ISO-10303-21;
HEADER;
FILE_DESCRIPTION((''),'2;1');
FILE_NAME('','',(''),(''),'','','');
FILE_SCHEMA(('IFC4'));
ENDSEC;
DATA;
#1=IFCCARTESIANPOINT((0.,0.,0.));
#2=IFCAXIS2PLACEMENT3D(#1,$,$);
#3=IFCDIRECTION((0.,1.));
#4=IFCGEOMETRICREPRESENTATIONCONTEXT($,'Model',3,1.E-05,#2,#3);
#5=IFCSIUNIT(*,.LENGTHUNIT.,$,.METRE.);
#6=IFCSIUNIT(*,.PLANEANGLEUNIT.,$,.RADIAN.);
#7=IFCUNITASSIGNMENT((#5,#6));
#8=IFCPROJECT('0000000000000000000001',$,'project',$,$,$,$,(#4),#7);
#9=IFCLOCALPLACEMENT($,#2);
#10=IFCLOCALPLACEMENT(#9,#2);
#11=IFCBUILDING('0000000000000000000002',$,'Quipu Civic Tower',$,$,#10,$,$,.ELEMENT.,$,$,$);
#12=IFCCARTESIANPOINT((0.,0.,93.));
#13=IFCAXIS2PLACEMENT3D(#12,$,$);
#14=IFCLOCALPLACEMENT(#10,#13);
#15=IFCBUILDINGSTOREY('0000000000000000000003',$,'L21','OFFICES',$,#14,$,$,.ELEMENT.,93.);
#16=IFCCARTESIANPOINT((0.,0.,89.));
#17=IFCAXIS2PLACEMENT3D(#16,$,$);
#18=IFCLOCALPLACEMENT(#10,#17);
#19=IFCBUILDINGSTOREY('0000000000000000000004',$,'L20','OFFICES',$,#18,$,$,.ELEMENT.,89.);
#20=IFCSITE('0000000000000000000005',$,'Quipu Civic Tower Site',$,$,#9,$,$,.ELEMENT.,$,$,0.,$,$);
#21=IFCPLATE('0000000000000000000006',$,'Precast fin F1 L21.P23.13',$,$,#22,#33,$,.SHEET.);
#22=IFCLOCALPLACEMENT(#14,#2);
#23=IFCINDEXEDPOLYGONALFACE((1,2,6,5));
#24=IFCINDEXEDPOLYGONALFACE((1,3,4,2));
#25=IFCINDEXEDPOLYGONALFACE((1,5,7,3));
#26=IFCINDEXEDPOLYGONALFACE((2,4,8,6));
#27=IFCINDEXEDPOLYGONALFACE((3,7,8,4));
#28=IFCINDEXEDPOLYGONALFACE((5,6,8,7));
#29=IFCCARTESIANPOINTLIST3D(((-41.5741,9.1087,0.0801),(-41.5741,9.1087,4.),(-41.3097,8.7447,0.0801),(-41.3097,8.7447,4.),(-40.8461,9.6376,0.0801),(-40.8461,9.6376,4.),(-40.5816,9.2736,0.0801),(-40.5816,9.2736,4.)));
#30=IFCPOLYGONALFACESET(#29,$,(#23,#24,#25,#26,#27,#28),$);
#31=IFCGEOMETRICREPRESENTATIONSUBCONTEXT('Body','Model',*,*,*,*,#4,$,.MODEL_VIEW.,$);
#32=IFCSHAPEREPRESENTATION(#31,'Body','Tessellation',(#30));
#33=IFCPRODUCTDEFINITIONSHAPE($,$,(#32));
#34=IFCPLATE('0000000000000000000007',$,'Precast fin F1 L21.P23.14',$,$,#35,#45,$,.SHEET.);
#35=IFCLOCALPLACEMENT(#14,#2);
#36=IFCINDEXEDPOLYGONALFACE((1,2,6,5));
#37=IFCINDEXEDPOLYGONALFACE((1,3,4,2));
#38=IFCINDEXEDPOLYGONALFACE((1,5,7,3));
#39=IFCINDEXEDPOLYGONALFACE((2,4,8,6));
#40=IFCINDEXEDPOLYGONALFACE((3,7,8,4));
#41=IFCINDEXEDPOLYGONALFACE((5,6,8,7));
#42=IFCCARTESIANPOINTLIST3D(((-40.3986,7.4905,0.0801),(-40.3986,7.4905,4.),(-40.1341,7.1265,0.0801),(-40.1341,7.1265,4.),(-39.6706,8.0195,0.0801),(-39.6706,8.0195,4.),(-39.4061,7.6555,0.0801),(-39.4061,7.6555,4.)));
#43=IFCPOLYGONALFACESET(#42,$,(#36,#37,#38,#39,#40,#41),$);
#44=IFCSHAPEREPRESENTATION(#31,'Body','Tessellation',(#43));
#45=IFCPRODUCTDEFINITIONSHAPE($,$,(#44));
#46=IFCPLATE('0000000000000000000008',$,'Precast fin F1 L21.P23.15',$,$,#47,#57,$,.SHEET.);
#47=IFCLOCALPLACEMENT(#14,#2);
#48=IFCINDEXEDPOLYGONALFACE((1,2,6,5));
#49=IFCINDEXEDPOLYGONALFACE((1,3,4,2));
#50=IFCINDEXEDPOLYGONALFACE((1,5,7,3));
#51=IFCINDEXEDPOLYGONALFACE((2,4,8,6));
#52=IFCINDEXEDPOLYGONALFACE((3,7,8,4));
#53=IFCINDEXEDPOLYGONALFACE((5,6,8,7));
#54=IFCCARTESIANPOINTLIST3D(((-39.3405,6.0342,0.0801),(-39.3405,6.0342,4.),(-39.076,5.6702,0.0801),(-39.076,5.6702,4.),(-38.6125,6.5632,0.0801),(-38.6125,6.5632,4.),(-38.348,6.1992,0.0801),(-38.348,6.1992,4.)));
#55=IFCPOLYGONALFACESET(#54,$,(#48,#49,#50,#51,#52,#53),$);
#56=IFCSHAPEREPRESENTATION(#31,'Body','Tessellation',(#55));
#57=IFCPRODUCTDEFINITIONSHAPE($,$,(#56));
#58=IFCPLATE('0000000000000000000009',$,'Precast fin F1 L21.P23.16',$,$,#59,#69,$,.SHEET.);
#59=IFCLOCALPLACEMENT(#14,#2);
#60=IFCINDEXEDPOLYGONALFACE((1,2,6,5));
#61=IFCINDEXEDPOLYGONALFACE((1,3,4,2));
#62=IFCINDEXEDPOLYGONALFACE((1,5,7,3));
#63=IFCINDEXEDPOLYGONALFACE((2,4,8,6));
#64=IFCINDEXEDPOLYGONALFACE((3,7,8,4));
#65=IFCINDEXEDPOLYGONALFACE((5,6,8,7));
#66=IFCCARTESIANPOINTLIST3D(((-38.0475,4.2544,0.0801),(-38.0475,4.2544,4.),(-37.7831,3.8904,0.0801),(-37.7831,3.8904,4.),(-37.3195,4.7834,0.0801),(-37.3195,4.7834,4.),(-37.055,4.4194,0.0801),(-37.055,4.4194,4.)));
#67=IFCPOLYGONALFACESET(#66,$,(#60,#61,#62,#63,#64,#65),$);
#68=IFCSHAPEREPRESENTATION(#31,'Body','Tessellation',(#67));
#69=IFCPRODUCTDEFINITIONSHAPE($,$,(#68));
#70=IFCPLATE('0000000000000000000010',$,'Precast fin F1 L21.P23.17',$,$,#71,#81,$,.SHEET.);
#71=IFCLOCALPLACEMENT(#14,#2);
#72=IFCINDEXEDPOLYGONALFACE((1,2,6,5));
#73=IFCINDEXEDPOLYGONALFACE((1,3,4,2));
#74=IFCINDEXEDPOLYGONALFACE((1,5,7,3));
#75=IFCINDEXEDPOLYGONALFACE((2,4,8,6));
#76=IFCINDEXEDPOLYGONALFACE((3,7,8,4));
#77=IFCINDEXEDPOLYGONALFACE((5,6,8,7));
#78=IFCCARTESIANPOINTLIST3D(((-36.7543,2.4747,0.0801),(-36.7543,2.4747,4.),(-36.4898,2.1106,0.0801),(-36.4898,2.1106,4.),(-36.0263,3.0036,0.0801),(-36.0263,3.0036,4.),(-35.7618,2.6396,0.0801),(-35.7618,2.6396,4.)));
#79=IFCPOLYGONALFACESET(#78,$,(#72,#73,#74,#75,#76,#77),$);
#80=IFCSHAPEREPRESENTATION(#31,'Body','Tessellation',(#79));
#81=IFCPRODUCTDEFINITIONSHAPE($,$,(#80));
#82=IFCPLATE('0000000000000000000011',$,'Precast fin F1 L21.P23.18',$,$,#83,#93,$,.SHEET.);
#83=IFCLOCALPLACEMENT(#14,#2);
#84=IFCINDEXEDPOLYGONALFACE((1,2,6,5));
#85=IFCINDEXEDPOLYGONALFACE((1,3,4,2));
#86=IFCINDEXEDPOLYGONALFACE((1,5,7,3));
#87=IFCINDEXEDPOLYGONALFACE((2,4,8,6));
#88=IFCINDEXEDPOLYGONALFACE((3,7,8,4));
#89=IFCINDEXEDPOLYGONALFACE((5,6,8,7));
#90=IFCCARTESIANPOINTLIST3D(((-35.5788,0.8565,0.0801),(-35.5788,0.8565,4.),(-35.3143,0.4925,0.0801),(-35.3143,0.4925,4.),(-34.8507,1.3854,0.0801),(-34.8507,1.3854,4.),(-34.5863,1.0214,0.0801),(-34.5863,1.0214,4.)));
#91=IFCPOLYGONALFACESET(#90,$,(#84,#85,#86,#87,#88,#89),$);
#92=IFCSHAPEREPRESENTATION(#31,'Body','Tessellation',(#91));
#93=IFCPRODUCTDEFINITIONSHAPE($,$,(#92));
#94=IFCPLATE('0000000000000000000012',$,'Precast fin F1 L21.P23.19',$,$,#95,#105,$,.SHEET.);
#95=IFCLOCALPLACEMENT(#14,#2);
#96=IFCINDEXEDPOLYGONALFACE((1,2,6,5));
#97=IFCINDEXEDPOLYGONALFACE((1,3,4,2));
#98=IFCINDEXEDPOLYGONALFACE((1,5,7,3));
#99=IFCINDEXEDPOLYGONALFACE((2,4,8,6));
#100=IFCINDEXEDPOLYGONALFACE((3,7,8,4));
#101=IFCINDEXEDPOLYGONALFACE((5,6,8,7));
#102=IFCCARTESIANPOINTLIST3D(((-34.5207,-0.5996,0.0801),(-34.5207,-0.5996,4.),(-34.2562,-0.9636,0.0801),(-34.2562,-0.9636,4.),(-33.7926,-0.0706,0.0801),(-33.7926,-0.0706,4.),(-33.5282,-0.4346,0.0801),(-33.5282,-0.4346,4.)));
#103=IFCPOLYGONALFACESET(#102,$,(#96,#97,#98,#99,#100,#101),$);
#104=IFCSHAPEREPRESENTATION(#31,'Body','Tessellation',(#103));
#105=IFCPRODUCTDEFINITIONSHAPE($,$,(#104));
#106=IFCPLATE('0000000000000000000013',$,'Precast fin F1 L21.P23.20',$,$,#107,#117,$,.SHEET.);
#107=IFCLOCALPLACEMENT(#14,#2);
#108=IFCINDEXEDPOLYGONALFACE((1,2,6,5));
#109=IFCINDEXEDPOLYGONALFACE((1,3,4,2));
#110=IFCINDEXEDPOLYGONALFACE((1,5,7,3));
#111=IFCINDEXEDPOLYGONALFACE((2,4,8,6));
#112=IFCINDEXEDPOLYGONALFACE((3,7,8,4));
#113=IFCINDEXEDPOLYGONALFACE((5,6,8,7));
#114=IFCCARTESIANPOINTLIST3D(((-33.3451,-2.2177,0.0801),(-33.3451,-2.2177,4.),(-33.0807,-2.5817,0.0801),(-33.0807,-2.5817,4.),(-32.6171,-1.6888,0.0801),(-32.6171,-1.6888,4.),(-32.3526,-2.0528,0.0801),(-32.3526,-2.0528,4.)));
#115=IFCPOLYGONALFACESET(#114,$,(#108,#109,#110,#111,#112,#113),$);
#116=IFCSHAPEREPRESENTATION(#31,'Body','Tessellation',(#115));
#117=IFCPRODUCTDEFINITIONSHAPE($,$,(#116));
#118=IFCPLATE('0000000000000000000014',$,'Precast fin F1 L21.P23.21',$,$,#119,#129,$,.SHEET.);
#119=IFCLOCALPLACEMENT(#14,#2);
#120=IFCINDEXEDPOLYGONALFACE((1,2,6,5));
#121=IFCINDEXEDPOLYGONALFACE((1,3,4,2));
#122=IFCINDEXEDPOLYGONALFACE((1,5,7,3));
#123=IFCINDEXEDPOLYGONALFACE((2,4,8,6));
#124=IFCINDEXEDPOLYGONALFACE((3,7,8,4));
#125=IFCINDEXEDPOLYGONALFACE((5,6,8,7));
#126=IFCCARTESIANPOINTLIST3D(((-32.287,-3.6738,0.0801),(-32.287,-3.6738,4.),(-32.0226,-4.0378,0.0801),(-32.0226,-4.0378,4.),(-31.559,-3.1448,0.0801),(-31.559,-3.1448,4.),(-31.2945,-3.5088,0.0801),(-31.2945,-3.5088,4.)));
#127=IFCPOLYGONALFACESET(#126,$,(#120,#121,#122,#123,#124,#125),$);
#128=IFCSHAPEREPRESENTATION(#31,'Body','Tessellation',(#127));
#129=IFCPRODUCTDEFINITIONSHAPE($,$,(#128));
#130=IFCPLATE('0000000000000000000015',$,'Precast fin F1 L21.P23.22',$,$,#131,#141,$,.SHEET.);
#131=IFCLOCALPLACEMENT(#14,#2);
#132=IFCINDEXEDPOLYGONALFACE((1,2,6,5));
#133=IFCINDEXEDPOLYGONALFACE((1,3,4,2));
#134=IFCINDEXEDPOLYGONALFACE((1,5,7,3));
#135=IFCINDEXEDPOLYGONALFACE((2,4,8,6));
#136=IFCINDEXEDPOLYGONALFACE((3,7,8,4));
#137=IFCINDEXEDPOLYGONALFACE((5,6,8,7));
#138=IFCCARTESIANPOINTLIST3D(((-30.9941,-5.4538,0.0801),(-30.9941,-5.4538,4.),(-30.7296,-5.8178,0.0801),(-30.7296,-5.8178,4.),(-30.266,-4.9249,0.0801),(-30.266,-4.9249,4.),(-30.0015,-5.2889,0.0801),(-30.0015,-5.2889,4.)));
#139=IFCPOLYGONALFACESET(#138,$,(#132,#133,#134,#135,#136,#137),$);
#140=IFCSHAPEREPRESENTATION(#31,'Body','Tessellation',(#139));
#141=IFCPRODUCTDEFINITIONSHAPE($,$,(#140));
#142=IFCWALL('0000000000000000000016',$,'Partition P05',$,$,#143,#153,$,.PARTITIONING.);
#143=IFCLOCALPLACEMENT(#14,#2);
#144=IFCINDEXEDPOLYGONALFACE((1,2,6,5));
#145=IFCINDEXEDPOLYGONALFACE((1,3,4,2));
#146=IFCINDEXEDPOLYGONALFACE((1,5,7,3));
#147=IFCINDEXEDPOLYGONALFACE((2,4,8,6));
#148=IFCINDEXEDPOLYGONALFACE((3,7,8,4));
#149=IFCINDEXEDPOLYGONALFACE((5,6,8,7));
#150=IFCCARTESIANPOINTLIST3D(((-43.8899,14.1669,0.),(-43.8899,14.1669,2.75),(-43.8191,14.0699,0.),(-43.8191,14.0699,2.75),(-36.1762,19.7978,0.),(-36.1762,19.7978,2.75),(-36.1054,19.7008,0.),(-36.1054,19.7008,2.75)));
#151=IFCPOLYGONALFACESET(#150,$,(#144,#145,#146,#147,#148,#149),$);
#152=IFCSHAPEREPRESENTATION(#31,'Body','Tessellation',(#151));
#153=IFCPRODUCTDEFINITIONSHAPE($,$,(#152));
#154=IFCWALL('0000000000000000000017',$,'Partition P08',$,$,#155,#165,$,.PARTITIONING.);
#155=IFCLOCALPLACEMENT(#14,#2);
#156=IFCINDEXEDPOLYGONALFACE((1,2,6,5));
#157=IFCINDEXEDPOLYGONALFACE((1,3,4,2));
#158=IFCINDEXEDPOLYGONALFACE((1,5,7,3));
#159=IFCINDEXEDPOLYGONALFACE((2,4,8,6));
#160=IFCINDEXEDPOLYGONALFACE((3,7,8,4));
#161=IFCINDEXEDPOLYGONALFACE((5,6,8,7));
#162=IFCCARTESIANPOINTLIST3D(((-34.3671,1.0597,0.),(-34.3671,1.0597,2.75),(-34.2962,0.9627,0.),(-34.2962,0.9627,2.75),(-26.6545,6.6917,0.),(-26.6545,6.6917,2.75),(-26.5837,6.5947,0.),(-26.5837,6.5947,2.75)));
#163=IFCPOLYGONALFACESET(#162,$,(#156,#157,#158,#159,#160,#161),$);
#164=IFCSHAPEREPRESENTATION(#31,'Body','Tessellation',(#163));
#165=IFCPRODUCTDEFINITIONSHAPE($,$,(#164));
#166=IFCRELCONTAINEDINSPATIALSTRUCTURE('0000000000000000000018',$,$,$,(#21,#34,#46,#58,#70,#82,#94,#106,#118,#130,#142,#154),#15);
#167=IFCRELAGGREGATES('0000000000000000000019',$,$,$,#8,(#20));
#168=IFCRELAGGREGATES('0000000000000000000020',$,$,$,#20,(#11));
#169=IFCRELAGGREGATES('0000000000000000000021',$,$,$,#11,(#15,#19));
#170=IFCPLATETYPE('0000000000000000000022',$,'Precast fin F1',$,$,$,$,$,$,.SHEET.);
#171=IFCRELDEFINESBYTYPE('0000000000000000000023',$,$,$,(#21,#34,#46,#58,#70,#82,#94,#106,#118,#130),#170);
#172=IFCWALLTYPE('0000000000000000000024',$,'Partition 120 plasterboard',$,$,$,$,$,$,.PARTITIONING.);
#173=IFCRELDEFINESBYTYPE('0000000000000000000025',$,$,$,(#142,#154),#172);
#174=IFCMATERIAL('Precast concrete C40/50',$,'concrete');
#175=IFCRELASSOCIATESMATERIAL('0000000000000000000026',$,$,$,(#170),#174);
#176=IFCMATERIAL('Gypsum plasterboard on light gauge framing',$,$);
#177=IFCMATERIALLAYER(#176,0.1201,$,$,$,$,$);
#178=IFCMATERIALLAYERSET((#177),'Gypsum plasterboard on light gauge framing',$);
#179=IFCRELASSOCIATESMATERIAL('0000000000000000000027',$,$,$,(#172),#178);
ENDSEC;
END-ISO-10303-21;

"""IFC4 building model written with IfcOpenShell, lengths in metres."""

from ifc_helpers import new_model, si_unit, direction, frame, frame_2d, origin, origin_2d, place, context, subcontext, project, spatial, rectangle, extrude, material, layer, layer_set, type_object, element, save


model = new_model("IFC4")

# Units and contexts
model_context = context("Model", 3, precision=1e-05, world=origin(), true_north=direction((0.0, 1.0)))
body_context = subcontext(model_context, "Body", "Model", "MODEL_VIEW")
ifc_project = project(units=[si_unit("LENGTHUNIT", "METRE"), si_unit("PLANEANGLEUNIT", "RADIAN")], contexts=[model_context])

# Site, building, storey
site_placement = place(None, origin())
site = spatial("IfcSite", under=ifc_project, at=site_placement, Name="Quipu Civic Tower Site", CompositionType="ELEMENT", RefElevation=0.0)
building_placement = place(site_placement, origin())
building = spatial("IfcBuilding", under=site, at=building_placement, Name="Quipu Civic Tower", CompositionType="ELEMENT")
storey_1_placement = place(building_placement, frame((0.0, 0.0, 93.0)))
storey_1 = spatial("IfcBuildingStorey", under=building, at=storey_1_placement, Name="L21", Description="OFFICES", CompositionType="ELEMENT", Elevation=93.0)

# Shared definitions
storey_2_placement = place(building_placement, frame((0.0, 0.0, 89.0)))
storey_2 = spatial("IfcBuildingStorey", under=building, at=storey_2_placement, Name="L20", Description="OFFICES", CompositionType="ELEMENT", Elevation=89.0)

# Plates
ifc_material_1 = material(Name="Precast concrete C40/50", Category="concrete")
plate_type_1 = type_object("IfcPlateType", Name="Precast fin F1", PredefinedType="SHEET", material=ifc_material_1)
for number, where, z_axis, x_axis, name in (
    (1, (-41.0779, 9.1912, 0.0801), (0.0, 0.0, 1.0), (0.587786, -0.809017, 0.0), "Precast fin F1 L21.P23.13"),
    (2, (-39.9023, 7.573, 0.0801), (0.0, 0.0, 1.0), (0.587786, -0.809017, 0.0), "Precast fin F1 L21.P23.14"),
    (3, (-38.8442, 6.1167, 0.0801), (0.0, 0.0, 1.0), (0.587786, -0.809017, 0.0), "Precast fin F1 L21.P23.15"),
    (4, (-37.5513, 4.3369, 0.0801), (0.0, 0.0, 1.0), (0.587786, -0.809017, 0.0), "Precast fin F1 L21.P23.16"),
    (5, (-36.2581, 2.5571, 0.0801), (0.0, 0.0, 1.0), (0.587786, -0.809017, 0.0), "Precast fin F1 L21.P23.17"),
    (6, (-35.0825, 0.939, 0.0801), (0.0, 0.0, 1.0), (0.587786, -0.809017, 0.0), "Precast fin F1 L21.P23.18"),
    (7, (-34.0244, -0.5171, 0.0801), (0.0, 0.0, 1.0), (0.587786, -0.809017, 0.0), "Precast fin F1 L21.P23.19"),
    (8, (-32.8489, -2.1353, 0.0801), (0.0, 0.0, 1.0), (0.587786, -0.809017, 0.0), "Precast fin F1 L21.P23.20"),
    (9, (-31.7908, -3.5913, 0.0801), (0.0, 0.0, 1.0), (0.587786, -0.809017, 0.0), "Precast fin F1 L21.P23.21"),
    (10, (-30.4978, -5.3713, 0.0801), (0.0, 0.0, 1.0), (0.587786, -0.809017, 0.0), "Precast fin F1 L21.P23.22"),
):
    element("IfcPlate", number, at=place(storey_1_placement, frame(where, z_axis=z_axis, x_axis=x_axis)), inside=storey_1, type_object=plate_type_1, Name=name, PredefinedType="SHEET", context=body_context, shape_type="SweptSolid", body=[
        extrude(rectangle(XDim=0.45, YDim=0.8999, at=origin_2d()), origin(), (0.0, 0.0, 1.0), 3.9199),
    ])

# Walls
ifc_material_2 = material(Name="Gypsum plasterboard on light gauge framing")
ifc_layer_1 = layer(ifc_material_2, 0.1201)
ifc_layer_set_1 = layer_set([ifc_layer_1], Name="Gypsum plasterboard on light gauge framing")
wall_type = type_object("IfcWallType", Name="Partition 120 plasterboard", PredefinedType="PARTITIONING", material=ifc_layer_set_1)
wall_1_placement = place(storey_1_placement, frame((-43.8545, 14.1184, 0.0), z_axis=(0.0, 0.0, 1.0), x_axis=(0.807691, 0.589606, 0.0)))
element("IfcWall", 11, at=wall_1_placement, inside=storey_1, type_object=wall_type, Name="Partition P05", PredefinedType="PARTITIONING", context=body_context, shape_type="SweptSolid", body=[
    extrude(rectangle(XDim=9.5503, YDim=0.1201, at=frame_2d((4.7751, 0.0))), origin(), (0.0, 0.0, 1.0), 2.75),
])
wall_2_placement = place(storey_1_placement, frame((-34.3315, 1.0112, 0.0), z_axis=(0.0, 0.0, 1.0), x_axis=(0.807595, 0.589738, 0.0)))
element("IfcWall", 12, at=wall_2_placement, inside=storey_1, type_object=wall_type, Name="Partition P08", PredefinedType="PARTITIONING", context=body_context, shape_type="SweptSolid", body=[
    extrude(rectangle(XDim=9.55, YDim=0.1201, at=frame_2d((4.7749, 0.0))), origin(), (0.0, 0.0, 1.0), 2.75),
])

save(model, "model.ifc")
